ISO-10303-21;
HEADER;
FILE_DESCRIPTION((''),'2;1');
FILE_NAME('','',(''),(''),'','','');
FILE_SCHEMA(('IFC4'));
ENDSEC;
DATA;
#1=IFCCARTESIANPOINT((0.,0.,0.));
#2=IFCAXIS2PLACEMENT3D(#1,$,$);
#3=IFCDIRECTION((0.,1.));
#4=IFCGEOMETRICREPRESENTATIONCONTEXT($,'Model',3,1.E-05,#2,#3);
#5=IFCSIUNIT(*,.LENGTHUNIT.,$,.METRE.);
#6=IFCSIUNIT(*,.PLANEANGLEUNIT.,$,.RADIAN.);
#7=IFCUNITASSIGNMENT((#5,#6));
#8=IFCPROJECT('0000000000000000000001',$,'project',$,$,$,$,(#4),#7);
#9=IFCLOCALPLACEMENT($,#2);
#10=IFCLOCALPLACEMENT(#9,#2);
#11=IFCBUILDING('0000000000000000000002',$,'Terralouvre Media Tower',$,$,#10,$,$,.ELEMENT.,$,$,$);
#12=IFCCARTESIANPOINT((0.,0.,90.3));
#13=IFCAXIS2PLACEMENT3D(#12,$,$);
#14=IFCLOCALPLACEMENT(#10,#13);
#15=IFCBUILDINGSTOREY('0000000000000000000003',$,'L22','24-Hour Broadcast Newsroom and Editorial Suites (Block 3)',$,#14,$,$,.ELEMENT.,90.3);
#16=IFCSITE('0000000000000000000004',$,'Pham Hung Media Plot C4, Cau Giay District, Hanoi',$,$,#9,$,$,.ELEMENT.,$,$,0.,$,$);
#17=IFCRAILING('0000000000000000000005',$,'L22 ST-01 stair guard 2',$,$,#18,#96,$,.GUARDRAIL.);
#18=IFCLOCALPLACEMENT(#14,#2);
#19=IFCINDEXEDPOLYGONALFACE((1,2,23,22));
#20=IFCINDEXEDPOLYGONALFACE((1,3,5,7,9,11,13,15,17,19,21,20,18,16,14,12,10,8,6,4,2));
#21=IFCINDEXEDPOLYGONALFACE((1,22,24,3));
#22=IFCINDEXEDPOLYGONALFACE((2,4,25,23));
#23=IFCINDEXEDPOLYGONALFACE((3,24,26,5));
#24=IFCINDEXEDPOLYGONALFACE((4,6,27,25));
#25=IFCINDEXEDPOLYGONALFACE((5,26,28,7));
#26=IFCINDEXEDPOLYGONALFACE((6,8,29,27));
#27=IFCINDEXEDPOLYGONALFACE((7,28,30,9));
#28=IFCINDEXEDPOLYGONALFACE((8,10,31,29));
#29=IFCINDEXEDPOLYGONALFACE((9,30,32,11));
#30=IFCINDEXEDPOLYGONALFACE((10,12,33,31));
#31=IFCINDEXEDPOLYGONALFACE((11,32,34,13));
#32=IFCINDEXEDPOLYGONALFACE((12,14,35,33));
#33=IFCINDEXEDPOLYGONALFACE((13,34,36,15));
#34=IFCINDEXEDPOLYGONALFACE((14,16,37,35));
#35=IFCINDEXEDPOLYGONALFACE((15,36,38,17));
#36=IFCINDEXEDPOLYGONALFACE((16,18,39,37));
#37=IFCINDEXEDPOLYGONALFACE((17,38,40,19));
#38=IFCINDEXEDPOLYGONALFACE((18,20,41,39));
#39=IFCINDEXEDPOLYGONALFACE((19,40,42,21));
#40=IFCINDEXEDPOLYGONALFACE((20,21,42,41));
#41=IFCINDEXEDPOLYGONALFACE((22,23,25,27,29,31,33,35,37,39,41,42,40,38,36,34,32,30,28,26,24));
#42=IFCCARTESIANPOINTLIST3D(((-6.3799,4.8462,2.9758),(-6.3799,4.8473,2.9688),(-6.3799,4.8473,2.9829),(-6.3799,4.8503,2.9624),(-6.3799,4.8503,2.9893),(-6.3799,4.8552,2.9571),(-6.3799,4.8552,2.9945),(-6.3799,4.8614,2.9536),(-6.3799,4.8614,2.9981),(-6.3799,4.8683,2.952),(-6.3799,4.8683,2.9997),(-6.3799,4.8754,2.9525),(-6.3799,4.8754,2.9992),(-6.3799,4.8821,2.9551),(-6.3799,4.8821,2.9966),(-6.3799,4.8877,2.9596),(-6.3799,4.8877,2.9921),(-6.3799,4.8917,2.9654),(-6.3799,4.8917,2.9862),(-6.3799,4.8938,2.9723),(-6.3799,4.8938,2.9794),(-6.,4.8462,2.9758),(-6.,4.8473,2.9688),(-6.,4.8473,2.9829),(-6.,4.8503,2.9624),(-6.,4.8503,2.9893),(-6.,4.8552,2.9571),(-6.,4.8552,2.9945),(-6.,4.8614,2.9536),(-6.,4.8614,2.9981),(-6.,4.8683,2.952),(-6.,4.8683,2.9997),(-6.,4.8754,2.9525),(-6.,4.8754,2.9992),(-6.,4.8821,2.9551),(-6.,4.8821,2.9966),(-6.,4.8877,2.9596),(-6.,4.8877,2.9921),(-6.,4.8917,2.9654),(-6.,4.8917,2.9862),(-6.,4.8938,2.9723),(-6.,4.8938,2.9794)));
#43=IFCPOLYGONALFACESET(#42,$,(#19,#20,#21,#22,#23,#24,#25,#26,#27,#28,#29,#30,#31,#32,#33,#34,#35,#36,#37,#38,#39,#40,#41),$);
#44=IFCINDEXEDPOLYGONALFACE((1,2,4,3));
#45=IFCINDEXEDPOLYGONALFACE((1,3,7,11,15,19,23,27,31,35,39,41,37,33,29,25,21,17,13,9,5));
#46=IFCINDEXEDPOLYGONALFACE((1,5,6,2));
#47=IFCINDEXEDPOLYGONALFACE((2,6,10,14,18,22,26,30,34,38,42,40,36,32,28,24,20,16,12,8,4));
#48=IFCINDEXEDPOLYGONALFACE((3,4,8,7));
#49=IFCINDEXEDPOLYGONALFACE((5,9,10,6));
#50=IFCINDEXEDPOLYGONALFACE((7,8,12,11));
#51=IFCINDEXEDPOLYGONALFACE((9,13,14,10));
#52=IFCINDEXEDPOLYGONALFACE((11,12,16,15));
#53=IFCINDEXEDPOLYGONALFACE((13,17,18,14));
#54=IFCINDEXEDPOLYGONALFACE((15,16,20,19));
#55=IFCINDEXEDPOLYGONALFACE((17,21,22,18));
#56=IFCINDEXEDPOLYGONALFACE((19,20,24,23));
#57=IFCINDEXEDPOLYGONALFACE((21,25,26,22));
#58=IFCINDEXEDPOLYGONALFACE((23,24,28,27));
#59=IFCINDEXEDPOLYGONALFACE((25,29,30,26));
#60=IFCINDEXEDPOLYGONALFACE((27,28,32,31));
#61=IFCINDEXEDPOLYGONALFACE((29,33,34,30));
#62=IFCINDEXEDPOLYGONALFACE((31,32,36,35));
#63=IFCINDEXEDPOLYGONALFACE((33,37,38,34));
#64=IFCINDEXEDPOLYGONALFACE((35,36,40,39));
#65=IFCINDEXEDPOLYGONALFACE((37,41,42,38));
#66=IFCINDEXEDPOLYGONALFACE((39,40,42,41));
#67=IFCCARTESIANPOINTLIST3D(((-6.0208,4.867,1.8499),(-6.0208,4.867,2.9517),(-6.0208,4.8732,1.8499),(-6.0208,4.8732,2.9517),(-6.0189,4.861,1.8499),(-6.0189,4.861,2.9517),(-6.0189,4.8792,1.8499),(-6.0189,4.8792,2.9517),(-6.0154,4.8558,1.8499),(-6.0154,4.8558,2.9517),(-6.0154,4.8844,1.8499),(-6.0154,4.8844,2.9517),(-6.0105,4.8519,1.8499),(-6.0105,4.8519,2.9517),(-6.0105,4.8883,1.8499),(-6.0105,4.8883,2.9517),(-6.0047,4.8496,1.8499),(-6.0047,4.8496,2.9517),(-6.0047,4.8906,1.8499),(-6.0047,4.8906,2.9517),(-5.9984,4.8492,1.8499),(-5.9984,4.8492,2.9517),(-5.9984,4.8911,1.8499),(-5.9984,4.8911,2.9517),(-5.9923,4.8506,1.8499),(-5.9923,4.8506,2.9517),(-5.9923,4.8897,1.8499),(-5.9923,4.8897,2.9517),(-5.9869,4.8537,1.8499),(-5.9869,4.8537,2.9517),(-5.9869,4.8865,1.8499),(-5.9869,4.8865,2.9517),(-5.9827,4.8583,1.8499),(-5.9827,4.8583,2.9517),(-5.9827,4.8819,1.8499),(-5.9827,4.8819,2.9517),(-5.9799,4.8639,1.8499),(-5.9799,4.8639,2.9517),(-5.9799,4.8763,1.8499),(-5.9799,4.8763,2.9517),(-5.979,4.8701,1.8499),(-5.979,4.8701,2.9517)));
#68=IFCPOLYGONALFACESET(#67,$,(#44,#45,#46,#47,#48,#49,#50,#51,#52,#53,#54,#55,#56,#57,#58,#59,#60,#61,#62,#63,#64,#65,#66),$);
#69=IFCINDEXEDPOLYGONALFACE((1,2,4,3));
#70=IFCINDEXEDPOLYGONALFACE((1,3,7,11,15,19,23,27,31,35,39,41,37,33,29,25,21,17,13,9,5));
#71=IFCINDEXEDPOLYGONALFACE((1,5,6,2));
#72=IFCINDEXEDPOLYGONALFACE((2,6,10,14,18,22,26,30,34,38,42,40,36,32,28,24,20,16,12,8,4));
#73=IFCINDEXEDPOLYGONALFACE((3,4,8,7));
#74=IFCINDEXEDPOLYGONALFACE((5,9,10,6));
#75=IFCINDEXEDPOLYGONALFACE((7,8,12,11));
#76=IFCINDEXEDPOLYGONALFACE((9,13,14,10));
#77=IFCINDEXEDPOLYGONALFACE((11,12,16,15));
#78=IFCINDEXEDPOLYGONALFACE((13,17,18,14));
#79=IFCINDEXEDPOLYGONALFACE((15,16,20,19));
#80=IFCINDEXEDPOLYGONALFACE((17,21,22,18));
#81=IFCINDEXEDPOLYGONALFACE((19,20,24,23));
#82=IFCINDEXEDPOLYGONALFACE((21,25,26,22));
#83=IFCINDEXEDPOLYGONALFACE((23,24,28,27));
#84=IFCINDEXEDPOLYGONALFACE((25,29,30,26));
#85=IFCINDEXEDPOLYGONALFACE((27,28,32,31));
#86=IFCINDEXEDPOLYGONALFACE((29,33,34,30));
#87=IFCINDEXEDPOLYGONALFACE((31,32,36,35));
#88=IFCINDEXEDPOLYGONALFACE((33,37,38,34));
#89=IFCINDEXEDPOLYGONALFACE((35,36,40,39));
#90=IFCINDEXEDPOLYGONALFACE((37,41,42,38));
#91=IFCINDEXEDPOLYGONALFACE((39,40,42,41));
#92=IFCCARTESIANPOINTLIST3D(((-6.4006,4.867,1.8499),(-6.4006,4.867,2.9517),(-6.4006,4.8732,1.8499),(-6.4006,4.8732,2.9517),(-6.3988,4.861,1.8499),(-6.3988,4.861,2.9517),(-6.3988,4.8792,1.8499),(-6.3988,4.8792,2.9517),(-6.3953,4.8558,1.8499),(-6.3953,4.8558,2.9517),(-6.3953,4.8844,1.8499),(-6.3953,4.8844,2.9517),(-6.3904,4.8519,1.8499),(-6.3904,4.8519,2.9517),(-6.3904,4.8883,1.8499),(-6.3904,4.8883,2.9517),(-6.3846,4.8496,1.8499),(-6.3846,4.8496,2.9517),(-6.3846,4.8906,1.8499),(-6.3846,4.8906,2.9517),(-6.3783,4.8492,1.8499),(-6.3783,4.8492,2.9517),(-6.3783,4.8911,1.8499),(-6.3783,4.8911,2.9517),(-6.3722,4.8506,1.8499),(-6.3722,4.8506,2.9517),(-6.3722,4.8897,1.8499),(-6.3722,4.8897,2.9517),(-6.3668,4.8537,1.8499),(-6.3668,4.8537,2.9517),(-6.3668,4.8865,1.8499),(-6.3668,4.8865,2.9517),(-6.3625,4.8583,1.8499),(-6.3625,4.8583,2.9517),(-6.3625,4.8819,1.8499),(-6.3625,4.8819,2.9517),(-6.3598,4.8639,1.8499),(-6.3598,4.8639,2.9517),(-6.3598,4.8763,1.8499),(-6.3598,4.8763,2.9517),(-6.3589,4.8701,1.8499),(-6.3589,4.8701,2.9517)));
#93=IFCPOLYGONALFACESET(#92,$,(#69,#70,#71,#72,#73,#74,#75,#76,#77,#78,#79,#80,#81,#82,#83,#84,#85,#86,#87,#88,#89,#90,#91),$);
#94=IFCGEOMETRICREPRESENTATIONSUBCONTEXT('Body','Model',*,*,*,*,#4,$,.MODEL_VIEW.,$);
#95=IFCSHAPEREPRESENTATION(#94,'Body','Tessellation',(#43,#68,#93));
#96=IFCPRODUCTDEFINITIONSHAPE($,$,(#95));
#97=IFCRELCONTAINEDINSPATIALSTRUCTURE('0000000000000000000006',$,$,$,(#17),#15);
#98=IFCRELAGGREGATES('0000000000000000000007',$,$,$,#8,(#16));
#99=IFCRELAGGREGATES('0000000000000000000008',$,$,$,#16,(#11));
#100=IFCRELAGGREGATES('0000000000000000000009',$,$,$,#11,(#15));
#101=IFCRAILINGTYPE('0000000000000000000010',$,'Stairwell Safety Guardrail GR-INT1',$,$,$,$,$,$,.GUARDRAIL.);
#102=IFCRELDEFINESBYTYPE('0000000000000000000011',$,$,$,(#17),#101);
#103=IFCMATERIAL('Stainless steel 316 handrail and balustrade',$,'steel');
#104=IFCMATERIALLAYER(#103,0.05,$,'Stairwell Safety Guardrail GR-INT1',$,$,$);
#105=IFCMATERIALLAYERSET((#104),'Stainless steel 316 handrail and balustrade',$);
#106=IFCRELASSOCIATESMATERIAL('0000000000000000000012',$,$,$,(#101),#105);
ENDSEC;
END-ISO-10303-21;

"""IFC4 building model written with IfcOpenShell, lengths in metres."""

from ifc_helpers import new_model, si_unit, direction, frame, origin, origin_2d, place, context, subcontext, project, spatial, circle, extrude, material, layer, layer_set, type_object, element, save


model = new_model("IFC4")

# Units and contexts
model_context = context("Model", 3, precision=1e-05, world=origin(), true_north=direction((0.0, 1.0)))
body_context = subcontext(model_context, "Body", "Model", "MODEL_VIEW")
ifc_project = project(units=[si_unit("LENGTHUNIT", "METRE"), si_unit("PLANEANGLEUNIT", "RADIAN")], contexts=[model_context])

# Site, building, storey
site_placement = place(None, origin())
site = spatial("IfcSite", under=ifc_project, at=site_placement, Name="Pham Hung Media Plot C4, Cau Giay District, Hanoi", CompositionType="ELEMENT", RefElevation=0.0)
building_placement = place(site_placement, origin())
building = spatial("IfcBuilding", under=site, at=building_placement, Name="Terralouvre Media Tower", CompositionType="ELEMENT")
storey_placement = place(building_placement, frame((0.0, 0.0, 90.3)))
storey = spatial("IfcBuildingStorey", under=building, at=storey_placement, Name="L22", Description="24-Hour Broadcast Newsroom and Editorial Suites (Block 3)", CompositionType="ELEMENT", Elevation=90.3)

# Railing
ifc_material_1 = material(Name="Stainless steel 316 handrail and balustrade", Category="steel")
ifc_layer_1 = layer(ifc_material_1, 0.05, Name="Stairwell Safety Guardrail GR-INT1")
ifc_layer_set_1 = layer_set([ifc_layer_1], Name="Stainless steel 316 handrail and balustrade")
railing_type_1 = type_object("IfcRailingType", Name="Stairwell Safety Guardrail GR-INT1", PredefinedType="GUARDRAIL", material=ifc_layer_set_1)
railing_1_placement = place(storey_placement, frame((-6.0, 4.8701, 1.8499)))
element("IfcRailing", 1, at=railing_1_placement, inside=storey, type_object=railing_type_1, Name="L22 ST-01 stair guard 2", PredefinedType="GUARDRAIL", context=body_context, shape_type="SweptSolid", body=[
    extrude(circle(Radius=0.0239, at=origin_2d()), frame((0.0, 0.0, 1.126), z_axis=(-1.0, 0.0, 0.0), x_axis=(0.0, -1.0, 0.0)), (0.0, 0.0, 1.0), 0.3799),
    extrude(circle(Radius=0.021, at=origin_2d()), origin(), (0.0, 0.0, 1.0), 1.1018),
    extrude(circle(Radius=0.021, at=origin_2d()), frame((-0.3799, 0.0, 0.0)), (0.0, 0.0, 1.0), 1.1018),
])

save(model, "model.ifc")
